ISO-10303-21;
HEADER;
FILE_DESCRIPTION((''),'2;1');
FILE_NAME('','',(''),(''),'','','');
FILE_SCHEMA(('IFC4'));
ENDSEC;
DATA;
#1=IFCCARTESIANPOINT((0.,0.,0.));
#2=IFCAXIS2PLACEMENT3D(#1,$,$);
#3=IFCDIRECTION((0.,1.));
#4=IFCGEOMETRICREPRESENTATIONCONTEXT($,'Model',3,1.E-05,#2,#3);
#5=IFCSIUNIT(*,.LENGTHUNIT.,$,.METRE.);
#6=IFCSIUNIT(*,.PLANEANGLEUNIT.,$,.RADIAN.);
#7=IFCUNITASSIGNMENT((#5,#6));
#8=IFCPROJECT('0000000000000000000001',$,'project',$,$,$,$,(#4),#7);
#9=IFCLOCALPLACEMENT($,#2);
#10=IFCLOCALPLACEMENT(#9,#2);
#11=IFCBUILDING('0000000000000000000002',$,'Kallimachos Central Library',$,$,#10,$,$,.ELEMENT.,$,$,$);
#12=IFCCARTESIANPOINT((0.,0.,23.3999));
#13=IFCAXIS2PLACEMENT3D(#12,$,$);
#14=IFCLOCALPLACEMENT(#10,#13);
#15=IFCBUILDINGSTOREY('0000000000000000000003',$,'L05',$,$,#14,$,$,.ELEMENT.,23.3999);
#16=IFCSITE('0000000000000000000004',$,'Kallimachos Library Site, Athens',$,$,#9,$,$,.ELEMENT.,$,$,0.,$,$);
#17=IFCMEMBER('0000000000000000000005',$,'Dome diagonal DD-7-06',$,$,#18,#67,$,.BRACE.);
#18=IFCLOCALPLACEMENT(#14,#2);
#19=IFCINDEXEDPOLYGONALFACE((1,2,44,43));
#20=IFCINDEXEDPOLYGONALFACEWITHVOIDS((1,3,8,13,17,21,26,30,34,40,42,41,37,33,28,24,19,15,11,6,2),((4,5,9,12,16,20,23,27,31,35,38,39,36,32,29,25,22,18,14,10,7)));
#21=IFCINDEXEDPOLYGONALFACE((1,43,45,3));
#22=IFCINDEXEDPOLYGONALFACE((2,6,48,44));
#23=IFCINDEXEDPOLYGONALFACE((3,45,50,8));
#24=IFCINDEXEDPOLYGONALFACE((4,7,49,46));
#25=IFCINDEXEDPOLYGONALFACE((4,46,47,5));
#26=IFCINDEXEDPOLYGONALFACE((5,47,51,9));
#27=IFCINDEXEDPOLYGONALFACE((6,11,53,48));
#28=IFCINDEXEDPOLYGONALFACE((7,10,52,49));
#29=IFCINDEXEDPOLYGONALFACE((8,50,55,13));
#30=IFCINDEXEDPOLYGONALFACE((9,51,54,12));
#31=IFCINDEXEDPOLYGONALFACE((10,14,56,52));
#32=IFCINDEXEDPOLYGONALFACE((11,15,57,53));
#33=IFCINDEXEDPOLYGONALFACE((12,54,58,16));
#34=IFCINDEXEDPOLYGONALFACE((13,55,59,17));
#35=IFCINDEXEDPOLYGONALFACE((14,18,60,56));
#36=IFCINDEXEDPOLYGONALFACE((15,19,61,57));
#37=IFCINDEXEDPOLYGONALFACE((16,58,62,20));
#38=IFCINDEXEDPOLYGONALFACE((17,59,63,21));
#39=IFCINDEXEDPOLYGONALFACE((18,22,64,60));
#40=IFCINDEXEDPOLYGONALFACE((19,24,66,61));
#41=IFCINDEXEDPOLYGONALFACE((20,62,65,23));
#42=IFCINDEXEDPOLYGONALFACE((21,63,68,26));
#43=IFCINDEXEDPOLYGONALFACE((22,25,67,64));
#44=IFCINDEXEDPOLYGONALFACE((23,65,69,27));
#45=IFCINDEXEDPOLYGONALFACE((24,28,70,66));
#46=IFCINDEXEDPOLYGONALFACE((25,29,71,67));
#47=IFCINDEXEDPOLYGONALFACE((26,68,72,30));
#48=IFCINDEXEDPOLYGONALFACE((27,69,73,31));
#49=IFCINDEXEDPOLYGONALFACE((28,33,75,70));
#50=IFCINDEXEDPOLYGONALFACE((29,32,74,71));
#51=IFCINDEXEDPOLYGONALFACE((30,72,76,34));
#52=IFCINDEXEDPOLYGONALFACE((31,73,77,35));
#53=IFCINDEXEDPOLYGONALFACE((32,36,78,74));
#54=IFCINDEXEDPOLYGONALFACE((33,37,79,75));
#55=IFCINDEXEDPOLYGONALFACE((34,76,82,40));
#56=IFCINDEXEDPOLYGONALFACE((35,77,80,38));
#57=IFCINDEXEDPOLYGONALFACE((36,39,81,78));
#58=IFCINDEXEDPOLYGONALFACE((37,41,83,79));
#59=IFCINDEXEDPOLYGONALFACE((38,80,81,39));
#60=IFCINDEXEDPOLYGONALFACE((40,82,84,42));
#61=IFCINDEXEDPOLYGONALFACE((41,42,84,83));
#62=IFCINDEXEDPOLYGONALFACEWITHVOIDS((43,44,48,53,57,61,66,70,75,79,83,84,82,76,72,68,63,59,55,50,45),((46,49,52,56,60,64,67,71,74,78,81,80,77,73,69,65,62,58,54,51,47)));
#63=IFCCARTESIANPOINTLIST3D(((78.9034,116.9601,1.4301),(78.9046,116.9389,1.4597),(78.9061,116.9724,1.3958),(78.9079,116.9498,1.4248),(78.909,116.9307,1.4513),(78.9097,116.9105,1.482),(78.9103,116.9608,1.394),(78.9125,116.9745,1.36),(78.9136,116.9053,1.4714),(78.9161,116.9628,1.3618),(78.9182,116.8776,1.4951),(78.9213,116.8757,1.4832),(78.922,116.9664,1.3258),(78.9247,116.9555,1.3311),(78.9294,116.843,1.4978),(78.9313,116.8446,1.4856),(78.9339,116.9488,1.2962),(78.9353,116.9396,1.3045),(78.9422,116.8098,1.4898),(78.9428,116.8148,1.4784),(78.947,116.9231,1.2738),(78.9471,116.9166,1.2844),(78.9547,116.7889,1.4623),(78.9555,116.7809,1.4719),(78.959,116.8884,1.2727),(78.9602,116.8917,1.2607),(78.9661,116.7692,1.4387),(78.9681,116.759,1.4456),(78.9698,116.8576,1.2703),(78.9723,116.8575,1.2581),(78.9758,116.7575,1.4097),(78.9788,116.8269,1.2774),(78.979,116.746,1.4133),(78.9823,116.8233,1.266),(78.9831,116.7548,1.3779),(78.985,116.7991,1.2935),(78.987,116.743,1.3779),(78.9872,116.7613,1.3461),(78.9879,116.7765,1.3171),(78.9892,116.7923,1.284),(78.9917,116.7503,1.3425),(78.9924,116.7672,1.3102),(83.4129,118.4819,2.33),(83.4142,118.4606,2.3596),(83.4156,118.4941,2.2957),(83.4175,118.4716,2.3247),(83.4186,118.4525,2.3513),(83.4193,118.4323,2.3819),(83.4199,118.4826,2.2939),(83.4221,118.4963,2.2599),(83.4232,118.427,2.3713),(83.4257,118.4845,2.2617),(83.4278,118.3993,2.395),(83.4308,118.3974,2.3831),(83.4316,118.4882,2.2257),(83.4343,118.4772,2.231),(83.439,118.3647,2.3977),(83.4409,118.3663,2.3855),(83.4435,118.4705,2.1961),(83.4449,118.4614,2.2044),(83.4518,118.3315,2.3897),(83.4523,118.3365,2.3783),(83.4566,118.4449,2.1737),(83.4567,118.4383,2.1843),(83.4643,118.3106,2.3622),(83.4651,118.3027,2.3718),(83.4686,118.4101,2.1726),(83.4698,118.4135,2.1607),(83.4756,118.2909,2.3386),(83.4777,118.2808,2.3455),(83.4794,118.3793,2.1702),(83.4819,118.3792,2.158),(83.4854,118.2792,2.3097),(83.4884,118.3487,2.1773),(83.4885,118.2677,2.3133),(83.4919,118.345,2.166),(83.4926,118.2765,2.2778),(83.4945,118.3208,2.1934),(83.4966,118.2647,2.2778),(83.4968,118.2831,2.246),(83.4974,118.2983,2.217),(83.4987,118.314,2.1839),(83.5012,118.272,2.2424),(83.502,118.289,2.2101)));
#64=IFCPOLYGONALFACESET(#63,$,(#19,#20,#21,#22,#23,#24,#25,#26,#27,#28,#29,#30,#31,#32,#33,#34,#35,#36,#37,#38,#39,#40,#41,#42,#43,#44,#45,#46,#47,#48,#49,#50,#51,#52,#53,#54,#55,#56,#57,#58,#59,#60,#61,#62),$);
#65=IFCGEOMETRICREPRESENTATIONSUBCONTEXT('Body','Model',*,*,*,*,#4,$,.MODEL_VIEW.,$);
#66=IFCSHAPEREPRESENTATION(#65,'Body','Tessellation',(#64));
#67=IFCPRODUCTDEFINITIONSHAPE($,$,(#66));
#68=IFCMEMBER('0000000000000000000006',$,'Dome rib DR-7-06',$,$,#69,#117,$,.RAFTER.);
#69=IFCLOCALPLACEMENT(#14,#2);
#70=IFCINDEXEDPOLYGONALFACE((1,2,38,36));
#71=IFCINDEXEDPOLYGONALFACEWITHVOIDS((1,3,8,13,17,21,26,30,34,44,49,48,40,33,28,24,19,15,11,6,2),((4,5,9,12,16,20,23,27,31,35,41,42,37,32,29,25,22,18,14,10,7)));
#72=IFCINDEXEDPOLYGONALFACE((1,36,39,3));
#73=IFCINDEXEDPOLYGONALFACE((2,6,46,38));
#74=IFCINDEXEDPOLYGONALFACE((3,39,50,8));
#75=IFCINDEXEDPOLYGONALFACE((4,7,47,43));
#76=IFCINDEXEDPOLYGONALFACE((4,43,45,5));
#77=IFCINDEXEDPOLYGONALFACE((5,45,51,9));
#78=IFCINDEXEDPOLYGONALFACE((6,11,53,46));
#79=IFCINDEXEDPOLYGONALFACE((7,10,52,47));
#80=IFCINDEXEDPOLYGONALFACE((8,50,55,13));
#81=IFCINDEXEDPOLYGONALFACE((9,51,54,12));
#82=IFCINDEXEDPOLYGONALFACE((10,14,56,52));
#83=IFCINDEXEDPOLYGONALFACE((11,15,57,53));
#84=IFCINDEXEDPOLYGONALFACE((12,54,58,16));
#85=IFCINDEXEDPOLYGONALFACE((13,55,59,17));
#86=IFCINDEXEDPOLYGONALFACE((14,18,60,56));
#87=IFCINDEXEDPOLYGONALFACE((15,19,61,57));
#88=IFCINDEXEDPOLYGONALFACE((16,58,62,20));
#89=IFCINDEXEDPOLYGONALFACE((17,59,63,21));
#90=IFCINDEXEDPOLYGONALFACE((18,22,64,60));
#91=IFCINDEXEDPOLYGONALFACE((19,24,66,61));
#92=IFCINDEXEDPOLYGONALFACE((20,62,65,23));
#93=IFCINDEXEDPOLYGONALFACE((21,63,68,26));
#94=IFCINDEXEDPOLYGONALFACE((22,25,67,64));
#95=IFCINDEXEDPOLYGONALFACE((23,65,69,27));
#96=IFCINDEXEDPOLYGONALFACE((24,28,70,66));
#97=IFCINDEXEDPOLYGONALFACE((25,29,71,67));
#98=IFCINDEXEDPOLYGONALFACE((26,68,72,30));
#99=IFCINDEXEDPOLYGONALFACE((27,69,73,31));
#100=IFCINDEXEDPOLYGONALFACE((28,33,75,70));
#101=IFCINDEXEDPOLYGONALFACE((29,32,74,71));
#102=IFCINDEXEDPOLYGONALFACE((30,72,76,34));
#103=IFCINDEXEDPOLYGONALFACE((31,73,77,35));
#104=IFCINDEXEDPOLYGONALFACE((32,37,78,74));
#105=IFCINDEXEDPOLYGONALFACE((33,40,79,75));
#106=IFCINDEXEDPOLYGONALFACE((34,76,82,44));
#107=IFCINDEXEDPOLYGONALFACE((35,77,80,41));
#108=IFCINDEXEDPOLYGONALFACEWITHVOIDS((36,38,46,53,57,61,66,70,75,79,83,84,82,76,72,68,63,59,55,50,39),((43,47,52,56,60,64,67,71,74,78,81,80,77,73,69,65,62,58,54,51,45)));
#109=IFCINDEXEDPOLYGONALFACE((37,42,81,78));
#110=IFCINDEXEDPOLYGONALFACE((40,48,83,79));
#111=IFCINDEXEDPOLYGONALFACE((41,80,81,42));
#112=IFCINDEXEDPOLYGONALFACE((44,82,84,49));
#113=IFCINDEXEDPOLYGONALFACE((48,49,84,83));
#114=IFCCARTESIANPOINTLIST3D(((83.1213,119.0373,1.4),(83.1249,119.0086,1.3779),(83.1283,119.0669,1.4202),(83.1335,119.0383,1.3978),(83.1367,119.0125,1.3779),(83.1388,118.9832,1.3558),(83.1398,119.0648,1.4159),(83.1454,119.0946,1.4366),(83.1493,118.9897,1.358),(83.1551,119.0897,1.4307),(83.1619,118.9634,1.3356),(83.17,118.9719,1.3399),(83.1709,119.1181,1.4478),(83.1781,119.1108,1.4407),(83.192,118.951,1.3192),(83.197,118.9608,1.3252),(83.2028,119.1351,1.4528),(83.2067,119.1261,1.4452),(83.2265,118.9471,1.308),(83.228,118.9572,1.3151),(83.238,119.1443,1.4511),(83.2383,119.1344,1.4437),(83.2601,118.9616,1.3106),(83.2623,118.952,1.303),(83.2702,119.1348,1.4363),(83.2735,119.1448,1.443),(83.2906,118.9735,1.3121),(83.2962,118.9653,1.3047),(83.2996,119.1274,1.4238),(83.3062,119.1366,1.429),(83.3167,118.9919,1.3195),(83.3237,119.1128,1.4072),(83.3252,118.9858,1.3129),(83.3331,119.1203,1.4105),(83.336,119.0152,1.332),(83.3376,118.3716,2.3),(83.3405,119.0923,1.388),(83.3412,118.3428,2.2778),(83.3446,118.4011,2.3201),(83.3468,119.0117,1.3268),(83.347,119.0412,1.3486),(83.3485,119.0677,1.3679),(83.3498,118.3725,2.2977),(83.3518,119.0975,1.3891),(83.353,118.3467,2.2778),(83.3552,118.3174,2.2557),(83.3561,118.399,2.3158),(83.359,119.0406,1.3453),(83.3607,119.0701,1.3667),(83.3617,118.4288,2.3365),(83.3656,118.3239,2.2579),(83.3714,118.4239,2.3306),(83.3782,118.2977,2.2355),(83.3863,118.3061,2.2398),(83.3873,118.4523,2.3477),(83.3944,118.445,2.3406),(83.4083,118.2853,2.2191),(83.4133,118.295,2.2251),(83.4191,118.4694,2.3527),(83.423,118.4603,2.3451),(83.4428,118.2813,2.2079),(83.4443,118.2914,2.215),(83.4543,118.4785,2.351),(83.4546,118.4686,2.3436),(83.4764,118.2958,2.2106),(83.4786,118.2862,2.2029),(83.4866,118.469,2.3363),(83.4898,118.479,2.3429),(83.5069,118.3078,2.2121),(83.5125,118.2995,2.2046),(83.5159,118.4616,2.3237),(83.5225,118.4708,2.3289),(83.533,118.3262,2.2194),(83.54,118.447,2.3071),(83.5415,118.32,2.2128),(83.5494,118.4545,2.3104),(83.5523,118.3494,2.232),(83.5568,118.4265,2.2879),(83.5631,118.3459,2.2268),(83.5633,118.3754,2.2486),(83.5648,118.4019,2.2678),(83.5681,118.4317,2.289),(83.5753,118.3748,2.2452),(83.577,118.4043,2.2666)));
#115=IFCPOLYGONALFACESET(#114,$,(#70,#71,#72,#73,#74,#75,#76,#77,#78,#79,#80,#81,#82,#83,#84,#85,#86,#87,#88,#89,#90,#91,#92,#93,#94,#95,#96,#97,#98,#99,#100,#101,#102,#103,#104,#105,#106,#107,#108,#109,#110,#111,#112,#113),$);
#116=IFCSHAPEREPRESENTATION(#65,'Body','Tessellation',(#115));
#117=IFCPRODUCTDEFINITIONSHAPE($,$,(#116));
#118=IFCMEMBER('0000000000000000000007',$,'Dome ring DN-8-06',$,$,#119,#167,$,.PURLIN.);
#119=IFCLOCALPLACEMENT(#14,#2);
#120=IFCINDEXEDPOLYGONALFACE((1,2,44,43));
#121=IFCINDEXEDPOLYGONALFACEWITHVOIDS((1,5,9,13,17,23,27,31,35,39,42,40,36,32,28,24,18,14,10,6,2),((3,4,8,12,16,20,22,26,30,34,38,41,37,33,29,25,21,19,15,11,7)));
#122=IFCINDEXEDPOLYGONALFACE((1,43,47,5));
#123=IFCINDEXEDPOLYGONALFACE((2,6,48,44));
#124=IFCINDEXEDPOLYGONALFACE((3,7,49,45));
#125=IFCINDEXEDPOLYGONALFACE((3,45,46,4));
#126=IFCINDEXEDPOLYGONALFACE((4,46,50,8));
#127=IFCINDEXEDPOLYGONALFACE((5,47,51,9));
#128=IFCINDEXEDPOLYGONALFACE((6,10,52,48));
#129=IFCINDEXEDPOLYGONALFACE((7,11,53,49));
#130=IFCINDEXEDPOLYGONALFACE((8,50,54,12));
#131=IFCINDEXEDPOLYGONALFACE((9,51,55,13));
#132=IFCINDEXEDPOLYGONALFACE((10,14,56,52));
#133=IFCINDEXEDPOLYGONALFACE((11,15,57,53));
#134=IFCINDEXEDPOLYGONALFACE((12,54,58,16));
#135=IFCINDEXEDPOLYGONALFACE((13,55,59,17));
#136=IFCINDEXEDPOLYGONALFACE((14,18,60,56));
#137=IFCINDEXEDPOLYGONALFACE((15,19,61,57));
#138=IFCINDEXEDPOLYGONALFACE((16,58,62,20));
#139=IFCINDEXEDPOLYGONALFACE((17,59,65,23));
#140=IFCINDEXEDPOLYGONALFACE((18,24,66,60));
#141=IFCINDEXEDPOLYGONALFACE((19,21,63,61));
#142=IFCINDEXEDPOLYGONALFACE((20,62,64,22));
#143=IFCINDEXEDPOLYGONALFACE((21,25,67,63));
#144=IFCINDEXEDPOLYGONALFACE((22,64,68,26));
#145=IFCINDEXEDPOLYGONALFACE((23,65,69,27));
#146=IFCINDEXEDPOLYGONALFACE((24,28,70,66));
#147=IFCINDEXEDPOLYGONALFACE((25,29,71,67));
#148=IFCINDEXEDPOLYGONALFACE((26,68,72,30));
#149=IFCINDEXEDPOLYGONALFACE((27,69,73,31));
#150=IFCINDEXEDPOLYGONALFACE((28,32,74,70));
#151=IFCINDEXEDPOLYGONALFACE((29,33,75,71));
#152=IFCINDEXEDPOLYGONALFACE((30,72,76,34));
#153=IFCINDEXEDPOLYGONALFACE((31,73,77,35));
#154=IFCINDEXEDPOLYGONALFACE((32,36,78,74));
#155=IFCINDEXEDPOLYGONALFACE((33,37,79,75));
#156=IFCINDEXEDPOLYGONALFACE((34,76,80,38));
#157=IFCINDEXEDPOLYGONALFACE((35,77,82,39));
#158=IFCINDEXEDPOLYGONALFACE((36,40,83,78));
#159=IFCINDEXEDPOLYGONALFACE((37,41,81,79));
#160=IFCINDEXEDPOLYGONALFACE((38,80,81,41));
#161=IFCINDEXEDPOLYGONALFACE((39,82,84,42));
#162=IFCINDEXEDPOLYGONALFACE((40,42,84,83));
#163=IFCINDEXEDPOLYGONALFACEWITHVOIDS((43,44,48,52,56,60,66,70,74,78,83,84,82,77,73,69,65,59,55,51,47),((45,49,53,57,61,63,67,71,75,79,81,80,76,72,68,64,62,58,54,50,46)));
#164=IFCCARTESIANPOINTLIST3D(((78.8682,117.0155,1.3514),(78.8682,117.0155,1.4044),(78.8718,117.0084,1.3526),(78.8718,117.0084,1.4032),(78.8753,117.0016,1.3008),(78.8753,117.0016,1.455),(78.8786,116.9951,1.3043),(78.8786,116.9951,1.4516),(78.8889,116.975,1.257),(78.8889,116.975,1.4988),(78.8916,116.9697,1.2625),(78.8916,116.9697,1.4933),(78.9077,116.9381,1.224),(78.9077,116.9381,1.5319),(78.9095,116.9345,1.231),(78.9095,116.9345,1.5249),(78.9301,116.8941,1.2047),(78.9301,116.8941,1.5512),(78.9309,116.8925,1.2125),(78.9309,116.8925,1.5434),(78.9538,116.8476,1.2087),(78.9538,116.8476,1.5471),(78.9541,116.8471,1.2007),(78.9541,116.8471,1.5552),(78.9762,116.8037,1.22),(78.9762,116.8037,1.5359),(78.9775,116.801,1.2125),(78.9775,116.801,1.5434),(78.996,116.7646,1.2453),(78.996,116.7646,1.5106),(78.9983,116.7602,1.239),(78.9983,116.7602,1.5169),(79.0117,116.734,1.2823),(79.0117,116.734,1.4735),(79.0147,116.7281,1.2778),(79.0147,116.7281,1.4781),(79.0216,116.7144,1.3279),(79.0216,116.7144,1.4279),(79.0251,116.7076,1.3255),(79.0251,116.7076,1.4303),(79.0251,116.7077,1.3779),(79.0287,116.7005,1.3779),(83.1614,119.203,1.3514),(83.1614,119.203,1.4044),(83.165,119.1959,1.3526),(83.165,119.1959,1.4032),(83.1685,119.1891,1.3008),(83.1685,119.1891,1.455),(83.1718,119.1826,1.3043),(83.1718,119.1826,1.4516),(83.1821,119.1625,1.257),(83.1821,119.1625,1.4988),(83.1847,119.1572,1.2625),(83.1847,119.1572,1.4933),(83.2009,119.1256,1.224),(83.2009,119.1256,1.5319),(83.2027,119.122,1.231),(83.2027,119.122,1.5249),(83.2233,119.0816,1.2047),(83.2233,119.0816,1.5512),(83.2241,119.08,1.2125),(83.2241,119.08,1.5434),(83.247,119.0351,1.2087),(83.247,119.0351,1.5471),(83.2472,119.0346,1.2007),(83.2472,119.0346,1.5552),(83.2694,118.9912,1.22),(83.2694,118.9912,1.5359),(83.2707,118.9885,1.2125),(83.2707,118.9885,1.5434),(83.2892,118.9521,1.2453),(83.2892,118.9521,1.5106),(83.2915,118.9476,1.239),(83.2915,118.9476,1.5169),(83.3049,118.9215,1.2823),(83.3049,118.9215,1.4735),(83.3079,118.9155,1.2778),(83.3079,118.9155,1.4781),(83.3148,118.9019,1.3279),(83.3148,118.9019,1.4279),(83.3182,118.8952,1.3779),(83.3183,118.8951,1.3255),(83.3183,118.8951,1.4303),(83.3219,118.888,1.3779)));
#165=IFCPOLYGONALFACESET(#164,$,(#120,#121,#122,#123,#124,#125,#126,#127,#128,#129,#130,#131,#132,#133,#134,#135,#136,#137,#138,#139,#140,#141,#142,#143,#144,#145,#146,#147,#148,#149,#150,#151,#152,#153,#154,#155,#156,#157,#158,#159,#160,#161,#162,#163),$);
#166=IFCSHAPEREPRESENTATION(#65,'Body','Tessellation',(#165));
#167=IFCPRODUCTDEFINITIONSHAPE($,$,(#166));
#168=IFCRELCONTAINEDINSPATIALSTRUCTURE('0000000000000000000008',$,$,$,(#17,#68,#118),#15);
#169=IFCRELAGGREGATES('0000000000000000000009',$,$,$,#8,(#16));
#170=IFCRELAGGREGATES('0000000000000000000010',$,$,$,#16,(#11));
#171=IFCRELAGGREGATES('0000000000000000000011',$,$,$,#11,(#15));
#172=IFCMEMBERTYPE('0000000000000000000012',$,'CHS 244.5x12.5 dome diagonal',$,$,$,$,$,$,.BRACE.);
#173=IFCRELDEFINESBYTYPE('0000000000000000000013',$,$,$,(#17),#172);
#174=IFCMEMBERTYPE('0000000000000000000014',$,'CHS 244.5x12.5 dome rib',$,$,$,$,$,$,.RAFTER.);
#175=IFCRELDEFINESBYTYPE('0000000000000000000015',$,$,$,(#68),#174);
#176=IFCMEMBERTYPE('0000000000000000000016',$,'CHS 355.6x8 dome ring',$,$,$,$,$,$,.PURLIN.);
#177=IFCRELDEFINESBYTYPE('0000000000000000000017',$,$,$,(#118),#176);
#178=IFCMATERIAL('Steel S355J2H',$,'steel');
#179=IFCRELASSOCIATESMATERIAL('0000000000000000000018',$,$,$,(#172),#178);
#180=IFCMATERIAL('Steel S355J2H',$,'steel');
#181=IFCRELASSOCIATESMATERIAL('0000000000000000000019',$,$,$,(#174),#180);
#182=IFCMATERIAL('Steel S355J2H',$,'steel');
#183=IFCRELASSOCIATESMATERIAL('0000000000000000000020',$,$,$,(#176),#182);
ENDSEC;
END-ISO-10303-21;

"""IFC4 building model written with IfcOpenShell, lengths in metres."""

from ifc_helpers import new_model, si_unit, direction, frame, origin, origin_2d, place, context, subcontext, project, spatial, hollow_circle, extrude, material, material_profile, profile_set, type_object, element, save


model = new_model("IFC4")

# Units and contexts
model_context = context("Model", 3, precision=1e-05, world=origin(), true_north=direction((0.0, 1.0)))
body_context = subcontext(model_context, "Body", "Model", "MODEL_VIEW")
ifc_project = project(units=[si_unit("LENGTHUNIT", "METRE"), si_unit("PLANEANGLEUNIT", "RADIAN")], contexts=[model_context])

# Site, building, storey
site_placement = place(None, origin())
site = spatial("IfcSite", under=ifc_project, at=site_placement, Name="Kallimachos Library Site, Athens", CompositionType="ELEMENT", RefElevation=0.0)
building_placement = place(site_placement, origin())
building = spatial("IfcBuilding", under=site, at=building_placement, Name="Kallimachos Central Library", CompositionType="ELEMENT")
storey_placement = place(building_placement, frame((0.0, 0.0, 23.3999)))
storey = spatial("IfcBuildingStorey", under=building, at=storey_placement, Name="L05", CompositionType="ELEMENT", Elevation=23.3999)

# Members
ifc_material_1 = material(Name="Steel S355J2H", Category="steel")
ifc_material_profile_1 = material_profile(ifc_material_1, hollow_circle(Radius=0.1223, WallThickness=0.0125, at=origin_2d()), Name="CHS 244.5x12.5")
ifc_profile_set_1 = profile_set([ifc_material_profile_1], Name="Steel S355J2H")
member_type_1 = type_object("IfcMemberType", Name="CHS 244.5x12.5 dome diagonal", PredefinedType="BRACE", material=ifc_profile_set_1)
member_1_placement = place(storey_placement, frame((83.4575, 118.3806, 2.2778), z_axis=(-0.931011, -0.314168, -0.185789), x_axis=(0.319734, -0.947507, 0.0)))
element("IfcMember", 1, at=member_1_placement, inside=storey, type_object=member_type_1, Name="Dome diagonal DD-7-06", PredefinedType="BRACE", context=body_context, shape_type="SweptSolid", body=[
    extrude(hollow_circle(Radius=0.1223, WallThickness=0.0125, at=origin_2d()), origin(), (0.0, 0.0, 1.0), 4.8438),
])
ifc_material_2 = material(Name="Steel S355J2H", Category="steel")
ifc_material_profile_2 = material_profile(ifc_material_2, hollow_circle(Radius=0.1223, WallThickness=0.0125, at=origin_2d()), Name="CHS 244.5x12.5")
ifc_profile_set_2 = profile_set([ifc_material_profile_2], Name="Steel S355J2H")
member_type_2 = type_object("IfcMemberType", Name="CHS 244.5x12.5 dome rib", PredefinedType="RAFTER", material=ifc_profile_set_2)
member_2_placement = place(storey_placement, frame((83.4575, 118.3806, 2.2778), z_axis=(-0.189725, 0.58395, -0.789307), x_axis=(-0.951062, -0.308999, 0.0)))
element("IfcMember", 2, at=member_2_placement, inside=storey, type_object=member_type_2, Name="Dome rib DR-7-06", PredefinedType="RAFTER", context=body_context, shape_type="SweptSolid", body=[
    extrude(hollow_circle(Radius=0.1223, WallThickness=0.0125, at=origin_2d()), origin(), (0.0, 0.0, 1.0), 1.1401),
])
ifc_material_3 = material(Name="Steel S355J2H", Category="steel")
ifc_material_profile_3 = material_profile(ifc_material_3, hollow_circle(Radius=0.1777, WallThickness=0.0081, at=origin_2d()), Name="CHS 355.6x8")
ifc_profile_set_3 = profile_set([ifc_material_profile_3], Name="Steel S355J2H")
member_type_3 = type_object("IfcMemberType", Name="CHS 355.6x8 dome ring", PredefinedType="PURLIN", material=ifc_profile_set_3)
member_3_placement = place(storey_placement, frame((83.2412, 119.0464, 1.3779), z_axis=(-0.891007, -0.45399, 0.0), x_axis=(0.45399, -0.891007, 0.0)))
element("IfcMember", 3, at=member_3_placement, inside=storey, type_object=member_type_3, Name="Dome ring DN-8-06", PredefinedType="PURLIN", context=body_context, shape_type="SweptSolid", body=[
    extrude(hollow_circle(Radius=0.1777, WallThickness=0.0081, at=origin_2d()), origin(), (0.0, 0.0, 1.0), 4.8184),
])

save(model, "model.ifc")
